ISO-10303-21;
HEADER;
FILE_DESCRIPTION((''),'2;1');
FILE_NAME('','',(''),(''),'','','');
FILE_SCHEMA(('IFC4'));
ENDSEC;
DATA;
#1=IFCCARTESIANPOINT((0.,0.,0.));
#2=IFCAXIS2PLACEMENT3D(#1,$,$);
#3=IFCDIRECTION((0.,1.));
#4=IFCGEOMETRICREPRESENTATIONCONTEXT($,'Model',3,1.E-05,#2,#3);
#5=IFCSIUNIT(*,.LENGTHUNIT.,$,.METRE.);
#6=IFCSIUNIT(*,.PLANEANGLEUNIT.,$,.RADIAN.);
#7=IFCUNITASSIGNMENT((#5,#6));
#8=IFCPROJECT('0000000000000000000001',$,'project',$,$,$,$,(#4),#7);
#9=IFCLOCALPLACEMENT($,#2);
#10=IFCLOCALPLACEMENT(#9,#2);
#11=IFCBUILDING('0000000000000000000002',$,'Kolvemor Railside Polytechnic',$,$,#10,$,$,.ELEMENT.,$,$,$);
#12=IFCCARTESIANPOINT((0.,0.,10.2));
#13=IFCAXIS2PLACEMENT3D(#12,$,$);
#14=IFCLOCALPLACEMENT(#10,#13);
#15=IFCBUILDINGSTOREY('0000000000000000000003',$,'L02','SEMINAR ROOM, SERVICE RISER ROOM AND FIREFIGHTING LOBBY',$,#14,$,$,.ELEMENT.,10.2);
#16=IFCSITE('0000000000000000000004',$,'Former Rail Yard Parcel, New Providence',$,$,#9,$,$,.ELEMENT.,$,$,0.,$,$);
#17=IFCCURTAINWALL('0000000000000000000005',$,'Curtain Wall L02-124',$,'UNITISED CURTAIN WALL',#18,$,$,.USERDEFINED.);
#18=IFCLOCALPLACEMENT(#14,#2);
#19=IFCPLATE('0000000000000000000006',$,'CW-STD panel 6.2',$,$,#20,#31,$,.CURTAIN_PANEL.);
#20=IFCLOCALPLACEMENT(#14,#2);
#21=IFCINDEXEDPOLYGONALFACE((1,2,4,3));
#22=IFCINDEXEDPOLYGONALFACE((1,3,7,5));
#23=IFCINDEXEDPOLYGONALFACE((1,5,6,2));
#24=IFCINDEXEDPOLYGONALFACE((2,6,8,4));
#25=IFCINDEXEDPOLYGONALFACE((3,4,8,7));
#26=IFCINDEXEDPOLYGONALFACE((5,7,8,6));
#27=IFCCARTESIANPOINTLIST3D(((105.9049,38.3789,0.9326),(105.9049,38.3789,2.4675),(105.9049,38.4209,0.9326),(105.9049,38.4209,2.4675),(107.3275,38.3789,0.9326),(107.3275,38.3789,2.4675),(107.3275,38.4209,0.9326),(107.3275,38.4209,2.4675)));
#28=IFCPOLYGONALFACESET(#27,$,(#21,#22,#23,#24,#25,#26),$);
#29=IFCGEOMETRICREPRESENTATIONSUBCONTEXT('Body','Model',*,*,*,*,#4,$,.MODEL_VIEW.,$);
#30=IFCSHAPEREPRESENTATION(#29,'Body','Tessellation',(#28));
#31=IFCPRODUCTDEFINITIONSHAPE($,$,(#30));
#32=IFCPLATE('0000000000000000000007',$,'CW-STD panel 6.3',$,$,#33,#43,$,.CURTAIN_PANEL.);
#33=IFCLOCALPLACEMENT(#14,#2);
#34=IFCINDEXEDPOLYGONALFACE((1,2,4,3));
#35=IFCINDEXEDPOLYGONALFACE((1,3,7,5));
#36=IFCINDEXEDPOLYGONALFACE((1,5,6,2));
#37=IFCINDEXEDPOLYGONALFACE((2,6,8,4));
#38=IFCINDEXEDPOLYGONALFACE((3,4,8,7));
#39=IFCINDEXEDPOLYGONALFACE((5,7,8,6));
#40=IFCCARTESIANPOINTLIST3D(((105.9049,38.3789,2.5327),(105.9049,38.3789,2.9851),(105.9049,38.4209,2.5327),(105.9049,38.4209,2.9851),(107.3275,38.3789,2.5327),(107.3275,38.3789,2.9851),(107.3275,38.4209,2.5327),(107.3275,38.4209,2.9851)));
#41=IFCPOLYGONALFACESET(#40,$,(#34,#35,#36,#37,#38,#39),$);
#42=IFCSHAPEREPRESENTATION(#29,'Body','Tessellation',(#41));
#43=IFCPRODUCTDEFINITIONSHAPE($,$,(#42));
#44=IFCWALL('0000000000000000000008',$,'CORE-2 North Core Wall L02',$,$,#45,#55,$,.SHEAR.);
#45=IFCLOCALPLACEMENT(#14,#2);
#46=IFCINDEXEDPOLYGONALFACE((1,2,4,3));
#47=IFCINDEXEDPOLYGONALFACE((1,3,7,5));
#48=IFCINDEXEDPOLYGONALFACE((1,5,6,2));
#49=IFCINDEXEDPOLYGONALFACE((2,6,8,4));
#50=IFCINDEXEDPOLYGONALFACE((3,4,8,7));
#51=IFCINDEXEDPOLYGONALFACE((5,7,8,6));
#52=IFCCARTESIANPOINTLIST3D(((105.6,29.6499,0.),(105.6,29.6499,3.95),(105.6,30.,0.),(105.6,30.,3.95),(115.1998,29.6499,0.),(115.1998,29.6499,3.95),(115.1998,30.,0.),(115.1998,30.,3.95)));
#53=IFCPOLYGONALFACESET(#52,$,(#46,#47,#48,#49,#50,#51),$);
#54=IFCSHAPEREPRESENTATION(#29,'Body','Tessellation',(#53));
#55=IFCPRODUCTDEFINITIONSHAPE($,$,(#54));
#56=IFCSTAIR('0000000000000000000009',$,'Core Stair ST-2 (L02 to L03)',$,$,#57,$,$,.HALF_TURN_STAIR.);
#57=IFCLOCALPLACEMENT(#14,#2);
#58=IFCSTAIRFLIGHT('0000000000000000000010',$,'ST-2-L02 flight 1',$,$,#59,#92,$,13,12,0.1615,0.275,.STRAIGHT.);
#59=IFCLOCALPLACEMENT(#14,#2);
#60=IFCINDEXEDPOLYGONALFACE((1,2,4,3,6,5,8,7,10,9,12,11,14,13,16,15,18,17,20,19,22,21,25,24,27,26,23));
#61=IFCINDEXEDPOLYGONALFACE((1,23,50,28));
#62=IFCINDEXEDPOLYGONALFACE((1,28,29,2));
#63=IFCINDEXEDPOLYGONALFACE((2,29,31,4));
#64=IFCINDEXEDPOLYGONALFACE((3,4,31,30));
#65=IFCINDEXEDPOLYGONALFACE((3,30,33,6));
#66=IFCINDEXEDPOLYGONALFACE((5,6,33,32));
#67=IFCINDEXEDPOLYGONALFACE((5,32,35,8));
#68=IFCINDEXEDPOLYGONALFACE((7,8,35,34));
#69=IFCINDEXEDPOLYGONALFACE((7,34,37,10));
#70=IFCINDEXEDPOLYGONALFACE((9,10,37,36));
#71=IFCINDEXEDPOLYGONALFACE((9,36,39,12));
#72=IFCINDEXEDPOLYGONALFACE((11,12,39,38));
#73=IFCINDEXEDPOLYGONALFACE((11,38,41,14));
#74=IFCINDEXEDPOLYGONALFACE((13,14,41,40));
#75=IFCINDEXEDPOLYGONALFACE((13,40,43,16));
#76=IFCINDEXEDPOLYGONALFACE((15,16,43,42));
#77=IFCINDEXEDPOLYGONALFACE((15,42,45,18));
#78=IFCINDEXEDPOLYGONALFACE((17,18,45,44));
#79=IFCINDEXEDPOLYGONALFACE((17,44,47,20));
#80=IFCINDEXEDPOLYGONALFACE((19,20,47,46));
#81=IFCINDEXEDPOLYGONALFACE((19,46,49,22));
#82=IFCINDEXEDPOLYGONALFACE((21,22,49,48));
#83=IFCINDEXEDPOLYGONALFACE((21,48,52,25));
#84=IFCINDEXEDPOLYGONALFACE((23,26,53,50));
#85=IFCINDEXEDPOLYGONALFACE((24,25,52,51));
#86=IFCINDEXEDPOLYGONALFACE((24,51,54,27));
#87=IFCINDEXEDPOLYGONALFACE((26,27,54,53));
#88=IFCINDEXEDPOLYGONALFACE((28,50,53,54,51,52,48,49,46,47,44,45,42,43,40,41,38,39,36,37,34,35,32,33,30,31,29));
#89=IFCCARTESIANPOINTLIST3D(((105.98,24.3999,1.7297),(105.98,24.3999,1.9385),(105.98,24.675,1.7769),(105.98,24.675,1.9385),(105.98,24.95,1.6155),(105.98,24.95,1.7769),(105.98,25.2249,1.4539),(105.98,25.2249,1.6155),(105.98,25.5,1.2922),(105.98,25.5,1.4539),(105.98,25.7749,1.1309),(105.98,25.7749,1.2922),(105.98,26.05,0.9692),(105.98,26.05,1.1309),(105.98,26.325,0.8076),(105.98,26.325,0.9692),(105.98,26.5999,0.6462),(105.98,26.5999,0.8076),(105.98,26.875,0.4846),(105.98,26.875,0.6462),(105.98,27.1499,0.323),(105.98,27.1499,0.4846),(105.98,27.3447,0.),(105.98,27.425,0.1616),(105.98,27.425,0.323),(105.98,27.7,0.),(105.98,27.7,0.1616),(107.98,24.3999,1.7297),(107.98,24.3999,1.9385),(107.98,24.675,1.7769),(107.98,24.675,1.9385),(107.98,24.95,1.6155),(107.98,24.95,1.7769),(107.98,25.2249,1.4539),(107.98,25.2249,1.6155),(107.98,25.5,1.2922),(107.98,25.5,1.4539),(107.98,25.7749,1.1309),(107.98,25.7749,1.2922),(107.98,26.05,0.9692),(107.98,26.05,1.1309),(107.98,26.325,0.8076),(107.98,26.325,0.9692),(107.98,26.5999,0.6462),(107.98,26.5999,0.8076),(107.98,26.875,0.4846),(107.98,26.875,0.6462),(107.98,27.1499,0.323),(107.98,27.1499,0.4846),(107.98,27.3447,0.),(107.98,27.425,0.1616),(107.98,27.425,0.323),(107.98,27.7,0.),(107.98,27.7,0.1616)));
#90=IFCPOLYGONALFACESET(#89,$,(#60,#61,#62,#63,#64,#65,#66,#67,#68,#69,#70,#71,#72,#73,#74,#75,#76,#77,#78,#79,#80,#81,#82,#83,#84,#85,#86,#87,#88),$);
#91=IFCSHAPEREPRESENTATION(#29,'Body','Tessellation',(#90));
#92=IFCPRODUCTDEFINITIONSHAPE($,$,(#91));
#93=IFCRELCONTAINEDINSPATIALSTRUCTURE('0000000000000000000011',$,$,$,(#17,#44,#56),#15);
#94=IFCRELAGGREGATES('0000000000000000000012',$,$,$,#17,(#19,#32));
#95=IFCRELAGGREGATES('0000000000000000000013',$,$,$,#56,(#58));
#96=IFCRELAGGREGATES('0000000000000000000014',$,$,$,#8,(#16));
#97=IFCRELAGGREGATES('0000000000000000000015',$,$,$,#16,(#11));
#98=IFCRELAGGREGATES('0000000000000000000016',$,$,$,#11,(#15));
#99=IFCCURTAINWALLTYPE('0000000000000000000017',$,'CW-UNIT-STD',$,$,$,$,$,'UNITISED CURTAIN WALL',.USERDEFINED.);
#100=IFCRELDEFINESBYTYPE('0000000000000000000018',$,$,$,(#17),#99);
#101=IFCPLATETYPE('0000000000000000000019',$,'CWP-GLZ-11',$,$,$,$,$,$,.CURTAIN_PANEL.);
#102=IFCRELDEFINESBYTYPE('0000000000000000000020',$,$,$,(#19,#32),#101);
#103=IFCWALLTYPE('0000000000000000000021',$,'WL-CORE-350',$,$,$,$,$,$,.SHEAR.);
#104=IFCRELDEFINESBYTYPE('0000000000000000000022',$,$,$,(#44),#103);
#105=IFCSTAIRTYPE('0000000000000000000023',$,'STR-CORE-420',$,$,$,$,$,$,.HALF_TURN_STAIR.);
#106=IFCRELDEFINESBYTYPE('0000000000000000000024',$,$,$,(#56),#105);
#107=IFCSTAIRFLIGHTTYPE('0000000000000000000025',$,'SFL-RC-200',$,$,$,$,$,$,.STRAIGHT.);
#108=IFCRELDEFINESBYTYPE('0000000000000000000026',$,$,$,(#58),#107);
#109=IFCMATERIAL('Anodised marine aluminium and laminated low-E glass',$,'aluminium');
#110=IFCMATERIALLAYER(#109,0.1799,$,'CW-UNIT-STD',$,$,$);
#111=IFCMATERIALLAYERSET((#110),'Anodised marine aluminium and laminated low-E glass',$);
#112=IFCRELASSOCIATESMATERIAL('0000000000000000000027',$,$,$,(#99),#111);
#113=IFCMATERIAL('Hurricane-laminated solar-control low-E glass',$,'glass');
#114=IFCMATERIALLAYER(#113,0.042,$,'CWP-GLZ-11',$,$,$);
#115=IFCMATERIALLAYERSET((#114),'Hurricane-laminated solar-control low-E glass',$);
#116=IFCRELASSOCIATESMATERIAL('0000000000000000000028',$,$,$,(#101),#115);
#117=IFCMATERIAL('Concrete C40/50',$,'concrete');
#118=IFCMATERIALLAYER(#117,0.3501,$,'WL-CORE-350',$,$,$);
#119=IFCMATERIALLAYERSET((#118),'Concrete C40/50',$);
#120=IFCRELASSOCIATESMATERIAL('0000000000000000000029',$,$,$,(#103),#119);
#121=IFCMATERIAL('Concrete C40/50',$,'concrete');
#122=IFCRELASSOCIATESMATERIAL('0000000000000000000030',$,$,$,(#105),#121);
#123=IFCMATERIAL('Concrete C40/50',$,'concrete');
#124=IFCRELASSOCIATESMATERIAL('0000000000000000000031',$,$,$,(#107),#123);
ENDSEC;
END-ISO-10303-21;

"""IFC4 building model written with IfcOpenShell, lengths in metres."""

from ifc_helpers import new_model, si_unit, direction, frame, frame_2d, origin, origin_2d, place, context, subcontext, project, spatial, polyline, rectangle, outline, extrude, material, layer, layer_set, type_object, element, aggregate, save


model = new_model("IFC4")

# Units and contexts
model_context = context("Model", 3, precision=1e-05, world=origin(), true_north=direction((0.0, 1.0)))
body_context = subcontext(model_context, "Body", "Model", "MODEL_VIEW")
ifc_project = project(units=[si_unit("LENGTHUNIT", "METRE"), si_unit("PLANEANGLEUNIT", "RADIAN")], contexts=[model_context])

# Site, building, storey
site_placement = place(None, origin())
site = spatial("IfcSite", under=ifc_project, at=site_placement, Name="Former Rail Yard Parcel, New Providence", CompositionType="ELEMENT", RefElevation=0.0)
building_placement = place(site_placement, origin())
building = spatial("IfcBuilding", under=site, at=building_placement, Name="Kolvemor Railside Polytechnic", CompositionType="ELEMENT")
storey_placement = place(building_placement, frame((0.0, 0.0, 10.2)))
storey = spatial("IfcBuildingStorey", under=building, at=storey_placement, Name="L02", Description="SEMINAR ROOM, SERVICE RISER ROOM AND FIREFIGHTING LOBBY", CompositionType="ELEMENT", Elevation=10.2)

# Curtain wall
ifc_material_1 = material(Name="Anodised marine aluminium and laminated low-E glass", Category="aluminium")
ifc_layer_1 = layer(ifc_material_1, 0.1799, Name="CW-UNIT-STD")
ifc_layer_set_1 = layer_set([ifc_layer_1], Name="Anodised marine aluminium and laminated low-E glass")
curtain_wall_type = type_object("IfcCurtainWallType", Name="CW-UNIT-STD", ElementType="UNITISED CURTAIN WALL", PredefinedType="USERDEFINED", material=ifc_layer_set_1)
curtain_wall_1_placement = place(storey_placement, origin())
curtain_wall_1 = element("IfcCurtainWall", 1, at=curtain_wall_1_placement, inside=storey, type_object=curtain_wall_type, Name="Curtain Wall L02-124", ObjectType="UNITISED CURTAIN WALL", PredefinedType="USERDEFINED")

# Plates
ifc_material_2 = material(Name="Hurricane-laminated solar-control low-E glass", Category="glass")
ifc_layer_2 = layer(ifc_material_2, 0.042, Name="CWP-GLZ-11")
ifc_layer_set_2 = layer_set([ifc_layer_2], Name="Hurricane-laminated solar-control low-E glass")
plate_type_1 = type_object("IfcPlateType", Name="CWP-GLZ-11", PredefinedType="CURTAIN_PANEL", material=ifc_layer_set_2)
plate_1_placement = place(storey_placement, frame((106.6162, 38.3999, 0.9326), z_axis=(0.0, 0.0, 1.0), x_axis=(-1.0, 0.0, 0.0)))
plate_1 = element("IfcPlate", 2, at=plate_1_placement, type_object=plate_type_1, Name="CW-STD panel 6.2", PredefinedType="CURTAIN_PANEL", context=body_context, shape_type="SweptSolid", body=[
    extrude(rectangle(XDim=1.4226, YDim=0.042, at=origin_2d()), origin(), (0.0, 0.0, 1.0), 1.5349),
])
plate_2_placement = place(storey_placement, frame((106.6162, 38.3999, 2.5327), z_axis=(0.0, 0.0, 1.0), x_axis=(-1.0, 0.0, 0.0)))
plate_2 = element("IfcPlate", 3, at=plate_2_placement, type_object=plate_type_1, Name="CW-STD panel 6.3", PredefinedType="CURTAIN_PANEL", context=body_context, shape_type="SweptSolid", body=[
    extrude(rectangle(XDim=1.4226, YDim=0.042, at=origin_2d()), origin(), (0.0, 0.0, 1.0), 0.4524),
])
aggregate(curtain_wall_1, [plate_1, plate_2])

# Wall
ifc_material_3 = material(Name="Concrete C40/50", Category="concrete")
ifc_layer_3 = layer(ifc_material_3, 0.3501, Name="WL-CORE-350")
ifc_layer_set_3 = layer_set([ifc_layer_3], Name="Concrete C40/50")
wall_type = type_object("IfcWallType", Name="WL-CORE-350", PredefinedType="SHEAR", material=ifc_layer_set_3)
wall_placement = place(storey_placement, frame((105.6001, 29.825, 0.0), z_axis=(0.0, 0.0, 1.0), x_axis=(1.0, 0.0, 0.0)))
element("IfcWall", 4, at=wall_placement, inside=storey, type_object=wall_type, Name="CORE-2 North Core Wall L02", PredefinedType="SHEAR", context=body_context, shape_type="SweptSolid", body=[
    extrude(rectangle(XDim=9.5999, YDim=0.3501, at=frame_2d((4.7998, 0.0))), origin(), (0.0, 0.0, 1.0), 3.95),
])

# Stair, stair flight
ifc_material_4 = material(Name="Concrete C40/50", Category="concrete")
stair_type = type_object("IfcStairType", Name="STR-CORE-420", PredefinedType="HALF_TURN_STAIR", material=ifc_material_4)
stair_placement = place(storey_placement, origin())
stair = element("IfcStair", 5, at=stair_placement, inside=storey, type_object=stair_type, Name="Core Stair ST-2 (L02 to L03)", PredefinedType="HALF_TURN_STAIR")
ifc_material_5 = material(Name="Concrete C40/50", Category="concrete")
stair_flight_type = type_object("IfcStairFlightType", Name="SFL-RC-200", PredefinedType="STRAIGHT", material=ifc_material_5)
stair_flight_placement = place(storey_placement, frame((106.98, 27.7, 0.0), z_axis=(0.0, 0.0, 1.0), x_axis=(0.0, -1.0, 0.0)))
stair_flight = element("IfcStairFlight", 6, at=stair_flight_placement, type_object=stair_flight_type, Name="ST-2-L02 flight 1", NumberOfRisers=13, NumberOfTreads=12, PredefinedType="STRAIGHT", RiserHeight=0.1615, TreadLength=0.275, context=body_context, shape_type="SweptSolid", body=[
    extrude(outline(polyline([(0.0, 0.0), (0.0, 0.1616), (0.2749, 0.1616), (0.2749, 0.323), (0.55, 0.323), (0.55, 0.4846), (0.825, 0.4846), (0.825, 0.6462), (1.1001, 0.6462), (1.1001, 0.8076), (1.375, 0.8076), (1.375, 0.9692), (1.6499, 0.9692), (1.6499, 1.1309), (1.925, 1.1309), (1.925, 1.2922), (2.2, 1.2922), (2.2, 1.4539), (2.4751, 1.4539), (2.4751, 1.6155), (2.75, 1.6155), (2.75, 1.7769), (3.0249, 1.7769), (3.0249, 1.9385), (3.3, 1.9385), (3.3, 2.1001), (3.3, 1.7297), (0.3552, 0.0), (0.0, 0.0)])), frame((0.0, 1.0, 0.0), z_axis=(0.0, -1.0, 0.0), x_axis=(1.0, 0.0, 0.0)), (0.0, 0.0, 1.0), 2.0),
])
aggregate(stair, [stair_flight])

save(model, "model.ifc")
